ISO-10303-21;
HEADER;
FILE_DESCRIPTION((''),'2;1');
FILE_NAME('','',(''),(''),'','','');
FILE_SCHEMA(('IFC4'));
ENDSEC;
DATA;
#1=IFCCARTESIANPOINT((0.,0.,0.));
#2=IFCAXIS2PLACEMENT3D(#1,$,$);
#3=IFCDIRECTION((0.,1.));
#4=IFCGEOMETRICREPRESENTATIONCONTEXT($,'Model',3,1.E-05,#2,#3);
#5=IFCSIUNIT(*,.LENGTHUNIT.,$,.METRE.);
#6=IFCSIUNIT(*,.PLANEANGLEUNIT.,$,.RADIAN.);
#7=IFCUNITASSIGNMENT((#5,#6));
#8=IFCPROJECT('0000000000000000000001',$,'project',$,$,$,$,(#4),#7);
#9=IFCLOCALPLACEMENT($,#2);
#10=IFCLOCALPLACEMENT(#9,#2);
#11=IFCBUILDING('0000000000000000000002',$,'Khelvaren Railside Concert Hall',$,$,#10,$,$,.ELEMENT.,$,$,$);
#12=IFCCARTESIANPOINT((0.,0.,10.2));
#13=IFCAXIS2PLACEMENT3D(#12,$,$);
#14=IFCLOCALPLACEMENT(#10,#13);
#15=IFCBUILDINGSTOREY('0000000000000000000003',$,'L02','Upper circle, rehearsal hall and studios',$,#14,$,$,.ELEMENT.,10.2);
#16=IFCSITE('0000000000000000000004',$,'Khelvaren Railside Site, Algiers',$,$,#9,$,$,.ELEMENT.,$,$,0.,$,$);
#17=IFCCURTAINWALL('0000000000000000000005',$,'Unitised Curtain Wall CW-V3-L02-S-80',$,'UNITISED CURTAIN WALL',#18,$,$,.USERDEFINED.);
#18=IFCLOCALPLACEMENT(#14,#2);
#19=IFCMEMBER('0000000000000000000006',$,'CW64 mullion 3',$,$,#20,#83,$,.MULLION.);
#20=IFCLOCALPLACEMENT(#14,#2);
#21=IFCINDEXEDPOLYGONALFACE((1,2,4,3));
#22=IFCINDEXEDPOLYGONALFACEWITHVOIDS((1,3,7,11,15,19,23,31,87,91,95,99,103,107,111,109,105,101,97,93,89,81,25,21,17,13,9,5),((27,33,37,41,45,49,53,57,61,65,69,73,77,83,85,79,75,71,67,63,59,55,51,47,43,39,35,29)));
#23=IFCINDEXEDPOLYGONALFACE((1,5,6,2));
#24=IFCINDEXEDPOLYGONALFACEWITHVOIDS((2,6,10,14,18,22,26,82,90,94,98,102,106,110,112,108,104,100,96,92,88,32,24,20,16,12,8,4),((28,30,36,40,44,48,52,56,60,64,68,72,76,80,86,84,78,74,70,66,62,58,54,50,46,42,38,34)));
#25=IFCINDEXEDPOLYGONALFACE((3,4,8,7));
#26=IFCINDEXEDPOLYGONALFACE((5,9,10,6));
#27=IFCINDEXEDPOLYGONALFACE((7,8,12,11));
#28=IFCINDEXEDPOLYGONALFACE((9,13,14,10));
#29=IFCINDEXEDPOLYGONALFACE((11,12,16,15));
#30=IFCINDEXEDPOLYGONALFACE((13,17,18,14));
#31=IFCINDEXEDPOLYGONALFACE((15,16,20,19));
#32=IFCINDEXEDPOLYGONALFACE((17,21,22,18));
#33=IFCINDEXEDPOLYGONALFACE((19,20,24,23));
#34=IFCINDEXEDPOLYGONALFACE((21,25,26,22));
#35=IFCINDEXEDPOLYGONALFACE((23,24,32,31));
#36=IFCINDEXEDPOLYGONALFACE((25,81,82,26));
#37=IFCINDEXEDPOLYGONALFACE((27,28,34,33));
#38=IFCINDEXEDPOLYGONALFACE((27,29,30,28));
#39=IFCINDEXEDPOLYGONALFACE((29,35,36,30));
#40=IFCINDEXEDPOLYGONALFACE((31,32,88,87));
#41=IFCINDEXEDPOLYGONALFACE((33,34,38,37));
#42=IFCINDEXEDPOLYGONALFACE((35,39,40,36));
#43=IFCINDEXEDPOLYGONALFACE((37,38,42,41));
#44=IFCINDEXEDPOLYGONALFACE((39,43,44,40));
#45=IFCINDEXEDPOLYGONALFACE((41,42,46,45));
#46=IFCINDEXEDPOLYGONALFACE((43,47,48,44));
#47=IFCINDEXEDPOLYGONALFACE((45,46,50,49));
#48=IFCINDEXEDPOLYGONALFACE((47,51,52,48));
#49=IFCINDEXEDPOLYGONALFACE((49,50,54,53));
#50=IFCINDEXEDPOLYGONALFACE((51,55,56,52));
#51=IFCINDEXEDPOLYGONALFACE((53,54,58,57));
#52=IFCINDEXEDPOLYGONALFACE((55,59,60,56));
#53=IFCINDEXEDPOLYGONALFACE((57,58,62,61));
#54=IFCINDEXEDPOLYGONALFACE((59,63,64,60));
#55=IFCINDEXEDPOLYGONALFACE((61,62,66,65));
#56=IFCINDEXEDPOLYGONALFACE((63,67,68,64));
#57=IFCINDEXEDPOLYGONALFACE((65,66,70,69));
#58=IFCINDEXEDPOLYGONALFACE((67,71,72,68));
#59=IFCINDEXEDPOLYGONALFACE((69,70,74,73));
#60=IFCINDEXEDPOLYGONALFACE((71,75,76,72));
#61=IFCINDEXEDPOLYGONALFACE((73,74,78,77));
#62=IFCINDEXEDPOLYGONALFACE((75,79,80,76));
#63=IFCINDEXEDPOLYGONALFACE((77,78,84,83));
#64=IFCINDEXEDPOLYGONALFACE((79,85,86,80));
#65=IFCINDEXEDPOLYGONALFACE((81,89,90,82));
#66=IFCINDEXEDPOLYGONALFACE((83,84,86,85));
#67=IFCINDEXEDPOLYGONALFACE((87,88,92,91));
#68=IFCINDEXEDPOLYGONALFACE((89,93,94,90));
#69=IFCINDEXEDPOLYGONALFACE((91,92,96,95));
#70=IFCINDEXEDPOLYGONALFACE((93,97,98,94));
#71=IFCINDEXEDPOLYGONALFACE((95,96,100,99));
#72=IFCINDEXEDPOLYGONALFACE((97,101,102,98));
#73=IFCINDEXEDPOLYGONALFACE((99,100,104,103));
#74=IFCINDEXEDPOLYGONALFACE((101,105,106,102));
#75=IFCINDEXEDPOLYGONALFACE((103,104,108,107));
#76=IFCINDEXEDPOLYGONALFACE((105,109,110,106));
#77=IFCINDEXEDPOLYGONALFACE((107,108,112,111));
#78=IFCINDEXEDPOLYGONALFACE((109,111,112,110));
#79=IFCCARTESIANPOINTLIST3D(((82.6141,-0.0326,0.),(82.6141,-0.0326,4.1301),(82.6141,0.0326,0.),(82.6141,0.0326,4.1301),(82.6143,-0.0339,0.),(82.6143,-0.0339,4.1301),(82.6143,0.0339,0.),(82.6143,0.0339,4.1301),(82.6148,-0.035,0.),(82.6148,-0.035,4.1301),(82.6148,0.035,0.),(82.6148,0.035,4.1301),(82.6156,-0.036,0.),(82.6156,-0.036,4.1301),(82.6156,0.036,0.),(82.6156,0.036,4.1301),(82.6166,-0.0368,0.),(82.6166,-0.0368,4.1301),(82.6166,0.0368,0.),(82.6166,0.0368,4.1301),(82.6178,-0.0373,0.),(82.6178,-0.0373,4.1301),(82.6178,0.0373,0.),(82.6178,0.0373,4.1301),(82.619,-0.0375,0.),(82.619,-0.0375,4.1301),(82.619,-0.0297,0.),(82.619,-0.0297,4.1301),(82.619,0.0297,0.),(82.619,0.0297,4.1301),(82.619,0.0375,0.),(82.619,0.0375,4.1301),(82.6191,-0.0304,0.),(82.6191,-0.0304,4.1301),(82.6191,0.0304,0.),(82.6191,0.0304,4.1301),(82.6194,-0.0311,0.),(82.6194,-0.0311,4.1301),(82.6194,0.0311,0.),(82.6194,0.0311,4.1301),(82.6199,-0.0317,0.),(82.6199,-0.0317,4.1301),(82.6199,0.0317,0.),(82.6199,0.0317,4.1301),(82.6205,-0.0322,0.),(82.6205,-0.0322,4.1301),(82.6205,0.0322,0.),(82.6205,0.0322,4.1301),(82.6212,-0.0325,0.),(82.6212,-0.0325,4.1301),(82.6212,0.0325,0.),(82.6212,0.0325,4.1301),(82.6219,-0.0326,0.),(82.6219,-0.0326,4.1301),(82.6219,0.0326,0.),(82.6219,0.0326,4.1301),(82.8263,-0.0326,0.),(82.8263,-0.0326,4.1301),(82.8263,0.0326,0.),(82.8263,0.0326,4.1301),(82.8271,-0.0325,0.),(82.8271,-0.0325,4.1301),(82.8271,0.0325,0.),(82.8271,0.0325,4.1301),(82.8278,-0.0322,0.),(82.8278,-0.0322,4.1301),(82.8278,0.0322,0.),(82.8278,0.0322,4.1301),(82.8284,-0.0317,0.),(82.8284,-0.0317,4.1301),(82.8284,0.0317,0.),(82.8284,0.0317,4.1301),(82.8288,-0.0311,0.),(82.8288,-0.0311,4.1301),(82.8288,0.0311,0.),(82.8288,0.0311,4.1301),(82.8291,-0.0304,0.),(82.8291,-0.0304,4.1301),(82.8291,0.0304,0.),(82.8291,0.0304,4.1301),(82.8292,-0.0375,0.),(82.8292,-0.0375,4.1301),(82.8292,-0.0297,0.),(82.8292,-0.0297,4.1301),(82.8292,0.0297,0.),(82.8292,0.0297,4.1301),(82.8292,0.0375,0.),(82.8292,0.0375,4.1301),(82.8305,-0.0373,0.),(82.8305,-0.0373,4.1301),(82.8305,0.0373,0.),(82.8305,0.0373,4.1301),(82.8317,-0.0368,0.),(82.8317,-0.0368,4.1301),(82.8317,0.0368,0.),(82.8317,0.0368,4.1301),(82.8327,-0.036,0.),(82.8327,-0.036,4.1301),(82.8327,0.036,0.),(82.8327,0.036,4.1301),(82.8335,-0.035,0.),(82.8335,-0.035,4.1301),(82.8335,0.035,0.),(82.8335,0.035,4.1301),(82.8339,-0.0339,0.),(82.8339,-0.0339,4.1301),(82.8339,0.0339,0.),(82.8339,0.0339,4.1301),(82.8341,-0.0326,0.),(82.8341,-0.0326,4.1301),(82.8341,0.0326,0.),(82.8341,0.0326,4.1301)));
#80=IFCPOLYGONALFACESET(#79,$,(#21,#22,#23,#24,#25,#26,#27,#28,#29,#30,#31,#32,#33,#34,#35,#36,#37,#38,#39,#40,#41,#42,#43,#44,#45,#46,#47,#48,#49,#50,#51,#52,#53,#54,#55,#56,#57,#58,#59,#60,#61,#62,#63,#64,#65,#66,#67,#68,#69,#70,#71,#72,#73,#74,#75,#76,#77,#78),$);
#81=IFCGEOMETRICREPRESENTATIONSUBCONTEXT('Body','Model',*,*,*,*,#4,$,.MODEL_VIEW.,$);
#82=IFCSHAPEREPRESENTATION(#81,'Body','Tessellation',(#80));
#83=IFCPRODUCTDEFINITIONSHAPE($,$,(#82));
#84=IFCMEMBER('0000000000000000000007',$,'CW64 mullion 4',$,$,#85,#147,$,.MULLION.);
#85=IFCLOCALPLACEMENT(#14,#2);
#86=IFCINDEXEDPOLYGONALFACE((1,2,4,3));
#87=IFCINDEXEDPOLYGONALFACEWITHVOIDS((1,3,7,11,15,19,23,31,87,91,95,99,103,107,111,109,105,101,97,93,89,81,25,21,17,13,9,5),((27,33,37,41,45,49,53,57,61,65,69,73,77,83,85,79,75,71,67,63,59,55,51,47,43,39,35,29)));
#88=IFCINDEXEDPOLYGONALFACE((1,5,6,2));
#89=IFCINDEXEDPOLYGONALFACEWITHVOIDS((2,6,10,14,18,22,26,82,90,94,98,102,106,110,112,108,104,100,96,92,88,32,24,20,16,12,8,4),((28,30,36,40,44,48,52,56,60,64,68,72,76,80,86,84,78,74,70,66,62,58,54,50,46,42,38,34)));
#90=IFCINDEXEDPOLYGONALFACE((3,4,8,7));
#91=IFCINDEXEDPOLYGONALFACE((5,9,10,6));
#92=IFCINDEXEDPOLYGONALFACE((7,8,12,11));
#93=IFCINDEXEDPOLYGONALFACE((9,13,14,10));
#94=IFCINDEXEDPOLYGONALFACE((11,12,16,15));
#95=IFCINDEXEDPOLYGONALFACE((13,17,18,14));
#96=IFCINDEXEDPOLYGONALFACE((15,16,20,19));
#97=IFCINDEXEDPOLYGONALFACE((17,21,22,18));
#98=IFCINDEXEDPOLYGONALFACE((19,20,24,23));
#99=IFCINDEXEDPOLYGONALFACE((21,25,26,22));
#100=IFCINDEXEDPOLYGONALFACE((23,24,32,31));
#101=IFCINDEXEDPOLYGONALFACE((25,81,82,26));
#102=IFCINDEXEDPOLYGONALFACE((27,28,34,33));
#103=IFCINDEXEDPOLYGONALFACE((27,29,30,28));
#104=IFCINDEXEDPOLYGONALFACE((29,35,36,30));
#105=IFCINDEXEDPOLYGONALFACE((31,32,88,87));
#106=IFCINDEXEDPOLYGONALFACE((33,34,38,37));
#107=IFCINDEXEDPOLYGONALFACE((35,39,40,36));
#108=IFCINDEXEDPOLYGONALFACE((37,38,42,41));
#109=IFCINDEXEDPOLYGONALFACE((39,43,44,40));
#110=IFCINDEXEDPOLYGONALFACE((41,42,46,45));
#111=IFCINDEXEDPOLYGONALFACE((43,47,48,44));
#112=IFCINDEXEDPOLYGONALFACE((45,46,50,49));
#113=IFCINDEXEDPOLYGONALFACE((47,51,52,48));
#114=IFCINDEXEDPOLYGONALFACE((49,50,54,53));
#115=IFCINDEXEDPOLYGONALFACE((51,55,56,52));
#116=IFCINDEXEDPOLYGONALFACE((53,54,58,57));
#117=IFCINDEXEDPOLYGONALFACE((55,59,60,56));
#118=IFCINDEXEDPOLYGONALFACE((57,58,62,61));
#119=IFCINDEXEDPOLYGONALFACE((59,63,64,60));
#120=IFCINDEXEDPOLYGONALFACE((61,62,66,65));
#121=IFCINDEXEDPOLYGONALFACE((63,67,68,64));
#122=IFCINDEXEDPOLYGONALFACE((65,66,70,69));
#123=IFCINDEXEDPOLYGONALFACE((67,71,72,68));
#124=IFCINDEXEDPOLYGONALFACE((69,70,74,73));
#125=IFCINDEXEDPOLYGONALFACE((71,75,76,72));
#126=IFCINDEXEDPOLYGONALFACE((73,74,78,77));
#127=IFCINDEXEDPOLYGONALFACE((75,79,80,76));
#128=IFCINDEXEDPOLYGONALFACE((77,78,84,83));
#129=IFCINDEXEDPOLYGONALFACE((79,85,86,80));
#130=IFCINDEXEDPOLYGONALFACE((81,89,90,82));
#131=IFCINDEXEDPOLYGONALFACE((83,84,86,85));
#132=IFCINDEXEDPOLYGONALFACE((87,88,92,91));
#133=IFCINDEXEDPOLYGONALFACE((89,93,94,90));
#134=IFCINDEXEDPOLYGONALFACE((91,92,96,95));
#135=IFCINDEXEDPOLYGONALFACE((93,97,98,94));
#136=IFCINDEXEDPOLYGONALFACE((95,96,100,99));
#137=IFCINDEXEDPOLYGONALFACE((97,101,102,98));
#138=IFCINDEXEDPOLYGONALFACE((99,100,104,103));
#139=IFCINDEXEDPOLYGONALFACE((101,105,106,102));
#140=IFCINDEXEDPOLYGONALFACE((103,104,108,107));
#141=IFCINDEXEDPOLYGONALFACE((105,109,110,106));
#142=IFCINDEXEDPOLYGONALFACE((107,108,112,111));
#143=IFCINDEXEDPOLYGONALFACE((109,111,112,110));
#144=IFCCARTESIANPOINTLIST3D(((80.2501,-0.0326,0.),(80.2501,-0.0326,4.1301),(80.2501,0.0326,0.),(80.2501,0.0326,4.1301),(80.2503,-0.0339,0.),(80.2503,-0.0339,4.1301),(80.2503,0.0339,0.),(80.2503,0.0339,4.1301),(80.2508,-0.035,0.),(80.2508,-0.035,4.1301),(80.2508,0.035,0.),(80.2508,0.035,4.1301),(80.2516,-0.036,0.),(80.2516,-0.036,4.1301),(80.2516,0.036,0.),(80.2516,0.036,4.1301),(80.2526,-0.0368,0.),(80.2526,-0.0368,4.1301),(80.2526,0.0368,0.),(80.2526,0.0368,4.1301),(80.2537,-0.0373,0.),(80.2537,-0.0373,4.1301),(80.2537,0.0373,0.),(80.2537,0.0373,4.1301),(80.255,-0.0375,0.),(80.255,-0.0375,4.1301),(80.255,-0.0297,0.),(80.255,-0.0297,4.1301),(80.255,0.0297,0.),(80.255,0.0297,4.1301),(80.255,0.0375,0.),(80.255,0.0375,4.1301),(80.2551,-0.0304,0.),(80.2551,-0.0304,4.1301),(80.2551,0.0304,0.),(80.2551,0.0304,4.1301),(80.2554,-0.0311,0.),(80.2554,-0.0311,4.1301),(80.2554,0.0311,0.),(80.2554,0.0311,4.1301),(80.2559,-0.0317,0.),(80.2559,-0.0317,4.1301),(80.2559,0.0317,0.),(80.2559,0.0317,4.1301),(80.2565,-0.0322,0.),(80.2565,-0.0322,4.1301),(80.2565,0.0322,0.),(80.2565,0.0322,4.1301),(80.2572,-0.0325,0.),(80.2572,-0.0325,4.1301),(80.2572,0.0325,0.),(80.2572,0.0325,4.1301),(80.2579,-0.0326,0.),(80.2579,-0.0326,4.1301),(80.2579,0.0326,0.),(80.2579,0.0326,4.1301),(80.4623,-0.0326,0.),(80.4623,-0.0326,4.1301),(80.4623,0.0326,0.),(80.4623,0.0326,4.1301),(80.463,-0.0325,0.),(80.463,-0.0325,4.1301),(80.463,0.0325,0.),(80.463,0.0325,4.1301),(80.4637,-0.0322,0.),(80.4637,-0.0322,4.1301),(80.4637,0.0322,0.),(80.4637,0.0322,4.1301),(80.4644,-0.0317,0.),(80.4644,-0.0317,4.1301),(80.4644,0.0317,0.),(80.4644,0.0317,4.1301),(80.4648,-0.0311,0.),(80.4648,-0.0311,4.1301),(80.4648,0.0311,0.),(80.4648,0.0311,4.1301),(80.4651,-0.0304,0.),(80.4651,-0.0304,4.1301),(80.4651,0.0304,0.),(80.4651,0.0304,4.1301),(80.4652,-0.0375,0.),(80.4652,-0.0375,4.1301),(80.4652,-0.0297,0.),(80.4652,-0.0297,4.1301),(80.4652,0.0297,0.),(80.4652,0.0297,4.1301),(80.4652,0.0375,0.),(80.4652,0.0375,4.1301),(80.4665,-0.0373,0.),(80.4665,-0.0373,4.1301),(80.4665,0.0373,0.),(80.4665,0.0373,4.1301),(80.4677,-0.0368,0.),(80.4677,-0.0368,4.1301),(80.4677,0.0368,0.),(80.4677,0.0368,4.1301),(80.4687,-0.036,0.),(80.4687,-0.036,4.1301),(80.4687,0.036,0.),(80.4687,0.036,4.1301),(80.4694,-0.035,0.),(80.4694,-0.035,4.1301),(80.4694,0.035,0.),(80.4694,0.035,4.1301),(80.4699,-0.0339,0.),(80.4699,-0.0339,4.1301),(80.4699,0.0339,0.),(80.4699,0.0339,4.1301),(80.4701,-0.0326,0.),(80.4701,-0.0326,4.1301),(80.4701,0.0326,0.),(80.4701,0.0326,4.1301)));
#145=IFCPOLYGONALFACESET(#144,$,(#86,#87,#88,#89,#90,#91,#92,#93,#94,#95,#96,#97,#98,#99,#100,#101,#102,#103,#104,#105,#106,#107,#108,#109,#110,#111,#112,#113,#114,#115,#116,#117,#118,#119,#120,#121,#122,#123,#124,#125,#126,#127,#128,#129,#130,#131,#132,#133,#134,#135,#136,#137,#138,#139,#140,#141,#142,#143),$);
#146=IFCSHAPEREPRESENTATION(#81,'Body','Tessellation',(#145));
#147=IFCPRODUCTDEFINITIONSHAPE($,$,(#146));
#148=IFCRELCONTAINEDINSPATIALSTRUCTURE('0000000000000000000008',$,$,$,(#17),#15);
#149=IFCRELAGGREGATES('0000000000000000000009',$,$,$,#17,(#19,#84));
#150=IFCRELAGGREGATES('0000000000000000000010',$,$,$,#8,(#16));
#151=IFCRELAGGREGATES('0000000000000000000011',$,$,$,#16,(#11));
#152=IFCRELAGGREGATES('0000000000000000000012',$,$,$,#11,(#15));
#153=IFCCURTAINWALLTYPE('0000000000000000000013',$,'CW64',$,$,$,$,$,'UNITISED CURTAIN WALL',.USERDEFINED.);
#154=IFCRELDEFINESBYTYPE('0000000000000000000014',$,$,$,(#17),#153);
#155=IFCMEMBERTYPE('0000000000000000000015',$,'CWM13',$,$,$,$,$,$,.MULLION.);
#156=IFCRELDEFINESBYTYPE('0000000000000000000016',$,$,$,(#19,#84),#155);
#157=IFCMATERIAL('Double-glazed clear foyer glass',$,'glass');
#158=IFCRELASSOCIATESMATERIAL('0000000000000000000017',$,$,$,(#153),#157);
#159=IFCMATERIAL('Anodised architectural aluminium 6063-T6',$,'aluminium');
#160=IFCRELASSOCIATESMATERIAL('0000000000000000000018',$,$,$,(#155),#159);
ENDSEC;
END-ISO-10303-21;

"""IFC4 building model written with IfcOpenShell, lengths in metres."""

from ifc_helpers import new_model, si_unit, direction, frame, origin, origin_2d, place, context, subcontext, project, spatial, hollow_rectangle, extrude, material, material_profile, profile_set, type_object, element, aggregate, save


model = new_model("IFC4")

# Units and contexts
model_context = context("Model", 3, precision=1e-05, world=origin(), true_north=direction((0.0, 1.0)))
body_context = subcontext(model_context, "Body", "Model", "MODEL_VIEW")
ifc_project = project(units=[si_unit("LENGTHUNIT", "METRE"), si_unit("PLANEANGLEUNIT", "RADIAN")], contexts=[model_context])

# Site, building, storey
site_placement = place(None, origin())
site = spatial("IfcSite", under=ifc_project, at=site_placement, Name="Khelvaren Railside Site, Algiers", CompositionType="ELEMENT", RefElevation=0.0)
building_placement = place(site_placement, origin())
building = spatial("IfcBuilding", under=site, at=building_placement, Name="Khelvaren Railside Concert Hall", CompositionType="ELEMENT")
storey_placement = place(building_placement, frame((0.0, 0.0, 10.2)))
storey = spatial("IfcBuildingStorey", under=building, at=storey_placement, Name="L02", Description="Upper circle, rehearsal hall and studios", CompositionType="ELEMENT", Elevation=10.2)

# Curtain wall, members
ifc_material_1 = material(Name="Double-glazed clear foyer glass", Category="glass")
curtain_wall_type = type_object("IfcCurtainWallType", Name="CW64", ElementType="UNITISED CURTAIN WALL", PredefinedType="USERDEFINED", material=ifc_material_1)
curtain_wall_placement = place(storey_placement, origin())
curtain_wall = element("IfcCurtainWall", 1, at=curtain_wall_placement, inside=storey, type_object=curtain_wall_type, Name="Unitised Curtain Wall CW-V3-L02-S-80", ObjectType="UNITISED CURTAIN WALL", PredefinedType="USERDEFINED")
ifc_material_2 = material(Name="Anodised architectural aluminium 6063-T6", Category="aluminium")
ifc_material_profile_1 = material_profile(ifc_material_2, hollow_rectangle(XDim=0.075, YDim=0.22, WallThickness=0.0049, InnerFilletRadius=0.0029, OuterFilletRadius=0.0049, at=origin_2d()), Name="CWM 75x220x5")
ifc_profile_set_1 = profile_set([ifc_material_profile_1], Name="Anodised architectural aluminium 6063-T6")
member_type_1 = type_object("IfcMemberType", Name="CWM13", PredefinedType="MULLION", material=ifc_profile_set_1)
member_1_placement = place(storey_placement, frame((82.7241, 0.0, 0.0), z_axis=(0.0, 0.0, 1.0), x_axis=(0.0, -1.0, 0.0)))
member_1 = element("IfcMember", 2, at=member_1_placement, type_object=member_type_1, Name="CW64 mullion 3", PredefinedType="MULLION", context=body_context, shape_type="SweptSolid", body=[
    extrude(hollow_rectangle(XDim=0.075, YDim=0.22, WallThickness=0.0049, InnerFilletRadius=0.0029, OuterFilletRadius=0.0049, at=origin_2d()), origin(), (0.0, 0.0, 1.0), 4.1301),
])
member_2_placement = place(storey_placement, frame((80.3601, 0.0, 0.0), z_axis=(0.0, 0.0, 1.0), x_axis=(0.0, -1.0, 0.0)))
member_2 = element("IfcMember", 3, at=member_2_placement, type_object=member_type_1, Name="CW64 mullion 4", PredefinedType="MULLION", context=body_context, shape_type="SweptSolid", body=[
    extrude(hollow_rectangle(XDim=0.075, YDim=0.22, WallThickness=0.0049, InnerFilletRadius=0.0029, OuterFilletRadius=0.0049, at=origin_2d()), origin(), (0.0, 0.0, 1.0), 4.1301),
])

aggregate(curtain_wall, [member_1, member_2])

save(model, "model.ifc")
